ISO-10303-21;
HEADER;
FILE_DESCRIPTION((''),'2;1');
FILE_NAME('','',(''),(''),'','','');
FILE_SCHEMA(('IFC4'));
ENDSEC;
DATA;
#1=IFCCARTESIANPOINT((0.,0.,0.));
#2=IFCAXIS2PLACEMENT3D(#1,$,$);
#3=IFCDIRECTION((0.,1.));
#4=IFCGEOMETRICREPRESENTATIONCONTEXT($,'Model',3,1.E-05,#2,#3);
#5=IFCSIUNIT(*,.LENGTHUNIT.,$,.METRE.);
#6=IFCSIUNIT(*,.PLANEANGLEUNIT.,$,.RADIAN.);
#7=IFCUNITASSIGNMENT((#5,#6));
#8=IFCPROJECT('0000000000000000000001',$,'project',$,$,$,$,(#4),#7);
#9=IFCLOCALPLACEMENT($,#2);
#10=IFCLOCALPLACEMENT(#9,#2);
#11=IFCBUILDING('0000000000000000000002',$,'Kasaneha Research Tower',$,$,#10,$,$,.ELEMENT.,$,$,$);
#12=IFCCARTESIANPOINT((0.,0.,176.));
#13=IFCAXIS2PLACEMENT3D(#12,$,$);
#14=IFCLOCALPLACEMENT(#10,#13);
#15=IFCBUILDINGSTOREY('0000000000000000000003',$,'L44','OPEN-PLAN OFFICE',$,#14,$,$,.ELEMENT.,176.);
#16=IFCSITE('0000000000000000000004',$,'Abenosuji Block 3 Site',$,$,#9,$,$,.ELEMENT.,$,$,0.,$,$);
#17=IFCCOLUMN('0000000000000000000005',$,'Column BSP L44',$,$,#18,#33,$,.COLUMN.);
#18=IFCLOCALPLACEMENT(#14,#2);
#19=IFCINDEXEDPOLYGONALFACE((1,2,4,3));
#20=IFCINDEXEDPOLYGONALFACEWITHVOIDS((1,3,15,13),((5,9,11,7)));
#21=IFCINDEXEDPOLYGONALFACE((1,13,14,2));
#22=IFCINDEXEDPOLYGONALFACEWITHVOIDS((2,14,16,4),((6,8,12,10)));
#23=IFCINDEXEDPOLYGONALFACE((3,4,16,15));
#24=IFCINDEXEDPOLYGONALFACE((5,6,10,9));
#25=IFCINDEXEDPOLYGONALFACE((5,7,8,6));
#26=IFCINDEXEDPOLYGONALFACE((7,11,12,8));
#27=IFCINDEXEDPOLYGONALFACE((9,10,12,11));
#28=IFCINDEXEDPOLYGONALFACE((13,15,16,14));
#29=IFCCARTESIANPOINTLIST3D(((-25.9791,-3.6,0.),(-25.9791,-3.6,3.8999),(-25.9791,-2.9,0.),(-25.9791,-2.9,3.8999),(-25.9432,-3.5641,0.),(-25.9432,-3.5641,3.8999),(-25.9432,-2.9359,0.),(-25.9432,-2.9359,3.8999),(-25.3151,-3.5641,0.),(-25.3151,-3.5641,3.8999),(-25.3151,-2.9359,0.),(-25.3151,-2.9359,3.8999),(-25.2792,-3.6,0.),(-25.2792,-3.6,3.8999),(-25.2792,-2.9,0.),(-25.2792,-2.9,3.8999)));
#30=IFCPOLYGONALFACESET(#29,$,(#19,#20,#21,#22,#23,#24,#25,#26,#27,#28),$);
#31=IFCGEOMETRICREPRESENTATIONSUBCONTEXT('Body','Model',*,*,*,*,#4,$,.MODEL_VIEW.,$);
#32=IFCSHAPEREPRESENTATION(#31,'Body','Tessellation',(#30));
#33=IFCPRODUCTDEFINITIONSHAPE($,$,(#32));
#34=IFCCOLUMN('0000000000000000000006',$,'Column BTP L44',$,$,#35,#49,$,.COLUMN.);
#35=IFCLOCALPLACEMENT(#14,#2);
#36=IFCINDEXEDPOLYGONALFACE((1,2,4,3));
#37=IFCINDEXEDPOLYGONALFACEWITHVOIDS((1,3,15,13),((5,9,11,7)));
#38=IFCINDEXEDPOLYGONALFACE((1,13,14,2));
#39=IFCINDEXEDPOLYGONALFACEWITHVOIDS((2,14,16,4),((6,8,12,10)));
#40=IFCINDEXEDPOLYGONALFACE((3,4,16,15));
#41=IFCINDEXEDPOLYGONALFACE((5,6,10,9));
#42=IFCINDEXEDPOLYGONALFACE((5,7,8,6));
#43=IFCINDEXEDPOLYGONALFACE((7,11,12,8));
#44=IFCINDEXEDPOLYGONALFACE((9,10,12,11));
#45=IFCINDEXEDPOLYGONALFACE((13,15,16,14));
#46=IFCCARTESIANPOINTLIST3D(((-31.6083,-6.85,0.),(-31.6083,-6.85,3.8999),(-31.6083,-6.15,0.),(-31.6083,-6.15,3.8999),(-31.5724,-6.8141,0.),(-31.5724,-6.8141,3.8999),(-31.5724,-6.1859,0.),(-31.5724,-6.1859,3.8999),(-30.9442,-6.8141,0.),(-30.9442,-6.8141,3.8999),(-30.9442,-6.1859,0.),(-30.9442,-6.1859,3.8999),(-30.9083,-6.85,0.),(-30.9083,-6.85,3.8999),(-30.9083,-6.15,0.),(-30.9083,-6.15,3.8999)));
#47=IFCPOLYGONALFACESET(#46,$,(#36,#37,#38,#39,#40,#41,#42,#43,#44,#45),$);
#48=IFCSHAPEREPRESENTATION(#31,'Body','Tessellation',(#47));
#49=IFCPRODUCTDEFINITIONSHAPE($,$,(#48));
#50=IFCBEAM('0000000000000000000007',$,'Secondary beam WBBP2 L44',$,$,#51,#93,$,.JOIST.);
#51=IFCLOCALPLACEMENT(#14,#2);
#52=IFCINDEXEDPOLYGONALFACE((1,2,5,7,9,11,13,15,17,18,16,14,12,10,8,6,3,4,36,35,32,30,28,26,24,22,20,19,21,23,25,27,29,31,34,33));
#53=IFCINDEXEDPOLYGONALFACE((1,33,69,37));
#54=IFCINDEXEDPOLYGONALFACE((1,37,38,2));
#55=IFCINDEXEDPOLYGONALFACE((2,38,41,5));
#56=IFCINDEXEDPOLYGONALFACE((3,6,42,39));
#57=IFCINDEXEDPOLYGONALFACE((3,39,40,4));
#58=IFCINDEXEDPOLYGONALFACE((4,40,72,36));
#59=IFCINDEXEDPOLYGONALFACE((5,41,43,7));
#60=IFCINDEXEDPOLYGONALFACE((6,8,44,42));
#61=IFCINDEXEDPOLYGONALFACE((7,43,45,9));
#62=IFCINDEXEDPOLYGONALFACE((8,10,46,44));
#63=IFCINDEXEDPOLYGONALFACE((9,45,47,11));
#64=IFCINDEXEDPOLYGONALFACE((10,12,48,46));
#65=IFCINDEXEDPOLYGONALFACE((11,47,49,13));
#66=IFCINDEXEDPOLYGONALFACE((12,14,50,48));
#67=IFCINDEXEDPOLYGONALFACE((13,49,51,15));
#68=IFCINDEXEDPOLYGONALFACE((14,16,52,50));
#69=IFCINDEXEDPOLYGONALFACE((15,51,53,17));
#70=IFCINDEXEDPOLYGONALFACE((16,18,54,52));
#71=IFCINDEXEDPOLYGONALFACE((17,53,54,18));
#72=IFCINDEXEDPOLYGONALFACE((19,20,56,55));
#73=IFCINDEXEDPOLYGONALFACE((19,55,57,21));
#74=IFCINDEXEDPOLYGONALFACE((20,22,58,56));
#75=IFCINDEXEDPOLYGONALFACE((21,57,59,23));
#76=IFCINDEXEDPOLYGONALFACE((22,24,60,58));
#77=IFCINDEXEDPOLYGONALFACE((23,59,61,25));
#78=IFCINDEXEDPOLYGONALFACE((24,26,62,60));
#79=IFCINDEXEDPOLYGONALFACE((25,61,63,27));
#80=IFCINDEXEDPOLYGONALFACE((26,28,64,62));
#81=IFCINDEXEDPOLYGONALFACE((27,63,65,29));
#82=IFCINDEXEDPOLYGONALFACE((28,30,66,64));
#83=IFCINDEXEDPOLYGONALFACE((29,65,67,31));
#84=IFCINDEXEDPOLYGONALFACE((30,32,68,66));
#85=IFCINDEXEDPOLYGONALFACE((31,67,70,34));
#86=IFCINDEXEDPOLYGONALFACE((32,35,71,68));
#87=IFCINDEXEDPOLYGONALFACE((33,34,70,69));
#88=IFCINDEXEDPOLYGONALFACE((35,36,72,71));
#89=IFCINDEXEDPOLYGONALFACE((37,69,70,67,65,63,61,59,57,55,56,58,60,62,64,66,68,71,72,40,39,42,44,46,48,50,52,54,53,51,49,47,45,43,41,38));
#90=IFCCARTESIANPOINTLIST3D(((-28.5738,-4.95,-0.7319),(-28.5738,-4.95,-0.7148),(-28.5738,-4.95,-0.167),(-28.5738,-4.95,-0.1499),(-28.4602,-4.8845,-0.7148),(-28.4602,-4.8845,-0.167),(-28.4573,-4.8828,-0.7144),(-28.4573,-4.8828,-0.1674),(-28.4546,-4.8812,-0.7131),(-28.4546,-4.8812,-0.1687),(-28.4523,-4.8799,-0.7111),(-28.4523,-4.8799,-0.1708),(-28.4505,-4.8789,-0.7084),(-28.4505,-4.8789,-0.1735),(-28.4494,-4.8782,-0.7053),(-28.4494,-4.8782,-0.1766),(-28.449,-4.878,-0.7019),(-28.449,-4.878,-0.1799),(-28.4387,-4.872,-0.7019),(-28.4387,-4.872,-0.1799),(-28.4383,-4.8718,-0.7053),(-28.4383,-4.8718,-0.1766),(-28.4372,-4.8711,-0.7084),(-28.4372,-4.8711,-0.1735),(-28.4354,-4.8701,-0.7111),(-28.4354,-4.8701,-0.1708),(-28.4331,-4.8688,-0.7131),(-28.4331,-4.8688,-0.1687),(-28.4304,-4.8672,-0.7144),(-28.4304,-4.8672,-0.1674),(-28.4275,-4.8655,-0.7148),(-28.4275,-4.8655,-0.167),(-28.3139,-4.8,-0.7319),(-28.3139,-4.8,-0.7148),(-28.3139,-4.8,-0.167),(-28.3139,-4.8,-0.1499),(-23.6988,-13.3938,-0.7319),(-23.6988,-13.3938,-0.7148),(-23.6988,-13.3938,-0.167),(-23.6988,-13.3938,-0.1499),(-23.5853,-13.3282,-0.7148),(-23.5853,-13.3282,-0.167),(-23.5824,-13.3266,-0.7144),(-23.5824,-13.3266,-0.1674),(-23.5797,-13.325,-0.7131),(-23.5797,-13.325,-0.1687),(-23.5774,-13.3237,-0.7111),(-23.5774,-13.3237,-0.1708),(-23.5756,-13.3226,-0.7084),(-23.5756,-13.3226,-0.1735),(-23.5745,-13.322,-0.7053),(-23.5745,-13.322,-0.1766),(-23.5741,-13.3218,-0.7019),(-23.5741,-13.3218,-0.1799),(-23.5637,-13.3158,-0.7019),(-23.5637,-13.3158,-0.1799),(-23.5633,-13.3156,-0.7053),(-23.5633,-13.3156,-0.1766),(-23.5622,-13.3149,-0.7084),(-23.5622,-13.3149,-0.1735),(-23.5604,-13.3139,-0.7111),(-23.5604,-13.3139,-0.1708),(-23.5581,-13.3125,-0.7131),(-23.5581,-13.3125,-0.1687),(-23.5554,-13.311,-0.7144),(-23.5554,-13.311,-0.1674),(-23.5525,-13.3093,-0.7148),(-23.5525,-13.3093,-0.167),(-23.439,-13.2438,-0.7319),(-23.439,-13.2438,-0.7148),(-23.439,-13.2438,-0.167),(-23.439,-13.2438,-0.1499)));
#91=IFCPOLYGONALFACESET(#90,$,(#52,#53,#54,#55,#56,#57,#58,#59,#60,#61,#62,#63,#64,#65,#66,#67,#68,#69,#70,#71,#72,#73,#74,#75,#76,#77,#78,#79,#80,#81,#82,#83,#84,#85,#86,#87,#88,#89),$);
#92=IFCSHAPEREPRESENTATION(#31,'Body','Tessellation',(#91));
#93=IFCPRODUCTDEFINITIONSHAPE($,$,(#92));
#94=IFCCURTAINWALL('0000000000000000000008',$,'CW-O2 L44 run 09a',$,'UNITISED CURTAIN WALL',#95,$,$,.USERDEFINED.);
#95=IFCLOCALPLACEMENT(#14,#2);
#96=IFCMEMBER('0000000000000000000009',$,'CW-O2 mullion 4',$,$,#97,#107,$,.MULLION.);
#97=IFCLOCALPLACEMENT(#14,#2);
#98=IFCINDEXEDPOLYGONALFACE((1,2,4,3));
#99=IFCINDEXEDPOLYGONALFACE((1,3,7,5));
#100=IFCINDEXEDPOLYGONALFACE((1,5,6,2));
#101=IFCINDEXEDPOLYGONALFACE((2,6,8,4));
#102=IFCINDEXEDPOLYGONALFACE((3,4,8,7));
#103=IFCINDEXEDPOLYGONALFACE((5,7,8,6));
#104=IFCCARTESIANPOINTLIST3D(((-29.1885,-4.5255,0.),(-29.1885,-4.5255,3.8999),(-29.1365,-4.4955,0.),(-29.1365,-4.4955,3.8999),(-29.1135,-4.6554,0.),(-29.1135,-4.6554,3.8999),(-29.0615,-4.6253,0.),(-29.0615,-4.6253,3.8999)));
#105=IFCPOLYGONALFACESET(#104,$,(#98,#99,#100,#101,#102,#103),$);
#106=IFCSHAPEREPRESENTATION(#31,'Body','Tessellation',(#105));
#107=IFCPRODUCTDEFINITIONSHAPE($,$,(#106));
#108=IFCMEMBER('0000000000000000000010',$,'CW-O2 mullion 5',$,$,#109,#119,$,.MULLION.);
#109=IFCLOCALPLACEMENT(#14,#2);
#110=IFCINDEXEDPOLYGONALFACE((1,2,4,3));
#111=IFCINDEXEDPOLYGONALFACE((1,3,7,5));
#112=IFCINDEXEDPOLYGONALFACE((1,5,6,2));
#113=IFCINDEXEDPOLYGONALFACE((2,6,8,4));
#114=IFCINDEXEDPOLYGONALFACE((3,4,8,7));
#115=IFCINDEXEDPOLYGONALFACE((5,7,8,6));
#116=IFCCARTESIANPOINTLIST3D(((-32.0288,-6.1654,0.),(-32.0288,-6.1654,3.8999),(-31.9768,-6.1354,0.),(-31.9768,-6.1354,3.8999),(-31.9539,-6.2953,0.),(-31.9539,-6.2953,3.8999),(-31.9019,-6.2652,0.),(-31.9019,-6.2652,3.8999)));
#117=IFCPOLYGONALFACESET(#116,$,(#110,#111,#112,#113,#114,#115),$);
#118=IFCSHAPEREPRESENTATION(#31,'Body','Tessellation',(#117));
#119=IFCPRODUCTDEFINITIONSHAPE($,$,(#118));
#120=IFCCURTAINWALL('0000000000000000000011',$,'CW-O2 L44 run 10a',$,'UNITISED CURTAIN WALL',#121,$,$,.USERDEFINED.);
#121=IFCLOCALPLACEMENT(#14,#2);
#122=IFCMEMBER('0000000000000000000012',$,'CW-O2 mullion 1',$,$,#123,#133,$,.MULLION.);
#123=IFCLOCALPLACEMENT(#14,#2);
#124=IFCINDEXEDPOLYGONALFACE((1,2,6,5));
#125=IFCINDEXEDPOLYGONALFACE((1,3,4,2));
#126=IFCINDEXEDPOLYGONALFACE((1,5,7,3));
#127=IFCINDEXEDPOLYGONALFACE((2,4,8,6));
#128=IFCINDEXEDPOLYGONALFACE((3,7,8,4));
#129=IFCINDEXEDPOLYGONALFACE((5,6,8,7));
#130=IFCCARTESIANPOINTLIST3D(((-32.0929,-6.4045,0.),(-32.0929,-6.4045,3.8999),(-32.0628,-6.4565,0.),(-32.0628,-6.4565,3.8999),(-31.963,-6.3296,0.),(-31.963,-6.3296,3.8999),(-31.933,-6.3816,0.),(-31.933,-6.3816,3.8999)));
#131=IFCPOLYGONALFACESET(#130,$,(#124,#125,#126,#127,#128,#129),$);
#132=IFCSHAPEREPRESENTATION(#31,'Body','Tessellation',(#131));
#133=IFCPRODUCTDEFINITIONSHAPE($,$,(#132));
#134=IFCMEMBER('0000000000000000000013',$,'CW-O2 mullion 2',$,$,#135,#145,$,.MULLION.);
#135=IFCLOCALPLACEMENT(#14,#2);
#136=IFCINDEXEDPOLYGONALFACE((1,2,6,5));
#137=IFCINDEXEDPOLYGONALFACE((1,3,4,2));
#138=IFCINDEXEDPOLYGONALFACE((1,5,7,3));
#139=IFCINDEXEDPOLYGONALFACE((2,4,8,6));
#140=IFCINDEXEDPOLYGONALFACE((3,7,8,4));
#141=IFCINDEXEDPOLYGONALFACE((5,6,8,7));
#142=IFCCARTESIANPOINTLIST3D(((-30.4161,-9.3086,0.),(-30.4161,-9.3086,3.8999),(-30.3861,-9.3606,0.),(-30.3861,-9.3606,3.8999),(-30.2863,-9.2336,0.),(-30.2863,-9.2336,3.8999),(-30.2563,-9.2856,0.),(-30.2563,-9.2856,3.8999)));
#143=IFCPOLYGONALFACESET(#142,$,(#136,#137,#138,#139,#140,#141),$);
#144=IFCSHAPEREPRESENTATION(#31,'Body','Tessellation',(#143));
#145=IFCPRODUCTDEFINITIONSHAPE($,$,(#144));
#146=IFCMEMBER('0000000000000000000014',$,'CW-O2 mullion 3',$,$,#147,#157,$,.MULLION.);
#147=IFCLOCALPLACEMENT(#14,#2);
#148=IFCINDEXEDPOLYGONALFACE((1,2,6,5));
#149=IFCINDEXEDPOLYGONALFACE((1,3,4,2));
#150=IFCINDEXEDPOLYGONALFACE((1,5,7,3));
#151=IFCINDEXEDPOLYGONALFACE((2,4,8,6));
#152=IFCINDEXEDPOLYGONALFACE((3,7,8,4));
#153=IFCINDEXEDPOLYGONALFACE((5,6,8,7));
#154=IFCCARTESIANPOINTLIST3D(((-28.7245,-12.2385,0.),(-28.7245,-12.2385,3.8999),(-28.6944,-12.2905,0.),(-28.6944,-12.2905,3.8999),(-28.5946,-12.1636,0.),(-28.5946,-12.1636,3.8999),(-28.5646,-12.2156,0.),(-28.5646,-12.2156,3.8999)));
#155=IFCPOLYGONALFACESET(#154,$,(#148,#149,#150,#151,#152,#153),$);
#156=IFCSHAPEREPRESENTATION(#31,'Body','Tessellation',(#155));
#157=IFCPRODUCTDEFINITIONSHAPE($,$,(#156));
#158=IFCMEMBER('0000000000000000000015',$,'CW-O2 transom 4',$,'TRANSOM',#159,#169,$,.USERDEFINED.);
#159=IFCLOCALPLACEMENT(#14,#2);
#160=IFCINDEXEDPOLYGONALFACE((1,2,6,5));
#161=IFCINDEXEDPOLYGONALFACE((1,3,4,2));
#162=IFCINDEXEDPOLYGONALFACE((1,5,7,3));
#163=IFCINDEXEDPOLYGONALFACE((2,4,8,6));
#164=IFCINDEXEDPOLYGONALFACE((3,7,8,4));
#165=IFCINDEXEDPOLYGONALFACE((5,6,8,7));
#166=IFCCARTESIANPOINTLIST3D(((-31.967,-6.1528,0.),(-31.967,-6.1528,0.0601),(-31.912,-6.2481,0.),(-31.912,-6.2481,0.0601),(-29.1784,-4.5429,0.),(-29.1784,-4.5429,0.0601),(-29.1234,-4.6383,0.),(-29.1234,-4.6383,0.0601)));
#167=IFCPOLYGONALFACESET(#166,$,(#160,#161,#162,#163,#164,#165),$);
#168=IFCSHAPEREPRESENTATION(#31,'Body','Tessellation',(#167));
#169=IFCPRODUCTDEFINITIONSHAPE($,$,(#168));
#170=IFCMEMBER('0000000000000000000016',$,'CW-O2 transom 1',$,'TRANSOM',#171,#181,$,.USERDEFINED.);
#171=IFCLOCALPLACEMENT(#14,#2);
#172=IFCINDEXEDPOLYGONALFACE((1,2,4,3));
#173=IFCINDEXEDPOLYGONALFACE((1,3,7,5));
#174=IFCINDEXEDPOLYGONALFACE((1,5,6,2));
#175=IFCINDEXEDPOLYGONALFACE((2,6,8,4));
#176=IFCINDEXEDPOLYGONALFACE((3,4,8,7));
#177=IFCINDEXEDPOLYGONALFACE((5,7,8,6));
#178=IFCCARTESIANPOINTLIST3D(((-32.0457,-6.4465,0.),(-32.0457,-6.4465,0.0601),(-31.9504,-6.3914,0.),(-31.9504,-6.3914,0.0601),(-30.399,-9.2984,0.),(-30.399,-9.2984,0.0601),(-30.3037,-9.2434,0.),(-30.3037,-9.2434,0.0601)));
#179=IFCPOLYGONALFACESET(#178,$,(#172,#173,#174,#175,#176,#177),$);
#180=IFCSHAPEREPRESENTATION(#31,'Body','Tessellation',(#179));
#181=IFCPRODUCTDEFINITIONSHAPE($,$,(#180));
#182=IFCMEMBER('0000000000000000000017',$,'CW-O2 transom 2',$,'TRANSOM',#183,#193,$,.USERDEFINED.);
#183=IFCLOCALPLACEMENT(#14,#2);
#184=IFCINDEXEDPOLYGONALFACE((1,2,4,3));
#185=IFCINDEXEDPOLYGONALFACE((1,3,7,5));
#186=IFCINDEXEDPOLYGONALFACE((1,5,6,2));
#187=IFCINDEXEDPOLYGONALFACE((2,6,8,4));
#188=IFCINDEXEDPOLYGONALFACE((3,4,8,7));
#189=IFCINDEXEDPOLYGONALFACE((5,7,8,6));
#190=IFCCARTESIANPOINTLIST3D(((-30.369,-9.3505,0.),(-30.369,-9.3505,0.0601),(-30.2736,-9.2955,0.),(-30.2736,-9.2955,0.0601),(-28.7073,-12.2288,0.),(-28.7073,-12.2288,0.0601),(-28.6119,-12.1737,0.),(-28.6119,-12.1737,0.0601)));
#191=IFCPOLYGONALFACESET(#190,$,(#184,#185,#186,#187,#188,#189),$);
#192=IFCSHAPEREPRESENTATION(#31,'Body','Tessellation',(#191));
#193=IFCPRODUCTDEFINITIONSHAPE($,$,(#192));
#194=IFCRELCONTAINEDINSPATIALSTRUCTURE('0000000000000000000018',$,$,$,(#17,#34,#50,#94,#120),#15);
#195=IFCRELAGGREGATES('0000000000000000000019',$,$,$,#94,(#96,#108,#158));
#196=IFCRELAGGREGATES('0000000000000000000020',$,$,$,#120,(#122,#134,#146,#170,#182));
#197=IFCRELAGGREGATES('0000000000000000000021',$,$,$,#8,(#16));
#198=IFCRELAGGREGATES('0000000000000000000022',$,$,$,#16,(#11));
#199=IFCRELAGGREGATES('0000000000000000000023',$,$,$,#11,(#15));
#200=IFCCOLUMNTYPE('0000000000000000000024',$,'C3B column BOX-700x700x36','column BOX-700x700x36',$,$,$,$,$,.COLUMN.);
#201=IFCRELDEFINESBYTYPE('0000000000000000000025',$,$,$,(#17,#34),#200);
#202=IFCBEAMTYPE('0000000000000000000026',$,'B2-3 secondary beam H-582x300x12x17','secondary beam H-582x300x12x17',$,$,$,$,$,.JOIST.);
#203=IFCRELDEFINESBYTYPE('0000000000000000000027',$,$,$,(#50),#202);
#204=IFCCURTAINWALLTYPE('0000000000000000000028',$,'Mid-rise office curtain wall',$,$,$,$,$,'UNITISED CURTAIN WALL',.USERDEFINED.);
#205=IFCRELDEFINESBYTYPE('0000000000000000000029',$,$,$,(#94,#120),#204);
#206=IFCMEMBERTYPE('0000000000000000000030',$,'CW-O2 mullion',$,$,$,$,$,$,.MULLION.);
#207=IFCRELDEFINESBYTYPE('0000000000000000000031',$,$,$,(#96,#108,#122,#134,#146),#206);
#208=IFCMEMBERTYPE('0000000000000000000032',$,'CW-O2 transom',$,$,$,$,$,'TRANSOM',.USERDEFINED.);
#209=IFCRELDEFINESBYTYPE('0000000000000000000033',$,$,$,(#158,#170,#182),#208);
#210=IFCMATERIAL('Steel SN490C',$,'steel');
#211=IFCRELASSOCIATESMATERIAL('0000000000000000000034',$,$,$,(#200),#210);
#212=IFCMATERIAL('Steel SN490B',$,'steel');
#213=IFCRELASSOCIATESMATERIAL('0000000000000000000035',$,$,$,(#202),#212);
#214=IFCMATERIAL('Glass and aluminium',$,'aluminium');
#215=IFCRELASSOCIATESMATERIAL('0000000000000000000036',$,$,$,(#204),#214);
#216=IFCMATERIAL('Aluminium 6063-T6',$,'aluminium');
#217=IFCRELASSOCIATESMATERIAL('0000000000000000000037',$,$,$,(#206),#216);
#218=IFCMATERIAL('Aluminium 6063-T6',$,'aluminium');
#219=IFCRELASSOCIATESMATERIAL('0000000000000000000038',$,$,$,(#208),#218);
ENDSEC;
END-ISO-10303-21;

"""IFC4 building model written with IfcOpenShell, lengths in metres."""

from ifc_helpers import new_model, si_unit, direction, frame, origin, origin_2d, place, context, subcontext, project, spatial, rectangle, hollow_rectangle, i_section, extrude, material, material_profile, profile_set, type_object, element, aggregate, save


model = new_model("IFC4")

# Units and contexts
model_context = context("Model", 3, precision=1e-05, world=origin(), true_north=direction((0.0, 1.0)))
body_context = subcontext(model_context, "Body", "Model", "MODEL_VIEW")
ifc_project = project(units=[si_unit("LENGTHUNIT", "METRE"), si_unit("PLANEANGLEUNIT", "RADIAN")], contexts=[model_context])

# Site, building, storey
site_placement = place(None, origin())
site = spatial("IfcSite", under=ifc_project, at=site_placement, Name="Abenosuji Block 3 Site", CompositionType="ELEMENT", RefElevation=0.0)
building_placement = place(site_placement, origin())
building = spatial("IfcBuilding", under=site, at=building_placement, Name="Kasaneha Research Tower", CompositionType="ELEMENT")
storey_placement = place(building_placement, frame((0.0, 0.0, 176.0)))
storey = spatial("IfcBuildingStorey", under=building, at=storey_placement, Name="L44", Description="OPEN-PLAN OFFICE", CompositionType="ELEMENT", Elevation=176.0)

# Columns
ifc_material_1 = material(Name="Steel SN490C", Category="steel")
ifc_material_profile_1 = material_profile(ifc_material_1, hollow_rectangle(XDim=0.7, YDim=0.7, WallThickness=0.0359, at=origin_2d()), Name="BOX-700x700x36")
ifc_profile_set_1 = profile_set([ifc_material_profile_1], Name="Steel SN490C")
column_type = type_object("IfcColumnType", Name="C3B column BOX-700x700x36", Description="column BOX-700x700x36", PredefinedType="COLUMN", material=ifc_profile_set_1)
for number, where, z_axis, x_axis, name in (
    (1, (-25.6292, -3.25, 0.0), (0.0, 0.0, 1.0), (1.0, 0.0, 0.0), "Column BSP L44"),
    (2, (-31.2583, -6.5, 0.0), (0.0, 0.0, 1.0), (1.0, 0.0, 0.0), "Column BTP L44"),
):
    element("IfcColumn", number, at=place(storey_placement, frame(where, z_axis=z_axis, x_axis=x_axis)), inside=storey, type_object=column_type, Name=name, PredefinedType="COLUMN", context=body_context, shape_type="SweptSolid", body=[
        extrude(hollow_rectangle(XDim=0.7, YDim=0.7, WallThickness=0.0359, at=origin_2d()), origin(), (0.0, 0.0, 1.0), 3.8999),
    ])

# Beam
ifc_material_2 = material(Name="Steel SN490B", Category="steel")
ifc_material_profile_2 = material_profile(ifc_material_2, i_section(OverallWidth=0.3, OverallDepth=0.582, WebThickness=0.012, FlangeThickness=0.0171, FilletRadius=0.0129, at=origin_2d()), Name="H-582x300x12x17")
ifc_profile_set_2 = profile_set([ifc_material_profile_2], Name="Steel SN490B")
beam_type_1 = type_object("IfcBeamType", Name="B2-3 secondary beam H-582x300x12x17", Description="secondary beam H-582x300x12x17", PredefinedType="JOIST", material=ifc_profile_set_2)
beam_1_placement = place(storey_placement, frame((-28.4438, -4.875, -0.4409), z_axis=(0.499996, -0.866028, 0.0), x_axis=(0.866028, 0.499996, 0.0)))
element("IfcBeam", 3, at=beam_1_placement, inside=storey, type_object=beam_type_1, Name="Secondary beam WBBP2 L44", PredefinedType="JOIST", context=body_context, shape_type="SweptSolid", body=[
    extrude(i_section(OverallWidth=0.3, OverallDepth=0.582, WebThickness=0.012, FlangeThickness=0.0171, FilletRadius=0.0129, at=origin_2d()), origin(), (0.0, 0.0, 1.0), 9.75),
])

# Curtain walls, members
ifc_material_3 = material(Name="Glass and aluminium", Category="aluminium")
curtain_wall_type = type_object("IfcCurtainWallType", Name="Mid-rise office curtain wall", ElementType="UNITISED CURTAIN WALL", PredefinedType="USERDEFINED", material=ifc_material_3)
curtain_wall_1_placement = place(storey_placement, origin())
curtain_wall_1 = element("IfcCurtainWall", 4, at=curtain_wall_1_placement, inside=storey, type_object=curtain_wall_type, Name="CW-O2 L44 run 09a", ObjectType="UNITISED CURTAIN WALL", PredefinedType="USERDEFINED")
ifc_material_4 = material(Name="Aluminium 6063-T6", Category="aluminium")
ifc_material_profile_3 = material_profile(ifc_material_4, rectangle(XDim=0.0601, YDim=0.1499, at=origin_2d()), Name="CW-O2 mullion 60x150")
ifc_profile_set_3 = profile_set([ifc_material_profile_3], Name="Aluminium 6063-T6")
member_type_1 = type_object("IfcMemberType", Name="CW-O2 mullion", PredefinedType="MULLION", material=ifc_profile_set_3)
member_1_placement = place(storey_placement, frame((-29.125, -4.5754, 0.0), z_axis=(0.0, 0.0, 1.0), x_axis=(-0.866025, -0.5, 0.0)))
member_1 = element("IfcMember", 5, at=member_1_placement, type_object=member_type_1, Name="CW-O2 mullion 4", PredefinedType="MULLION", context=body_context, shape_type="SweptSolid", body=[
    extrude(rectangle(XDim=0.0601, YDim=0.1499, at=origin_2d()), origin(), (0.0, 0.0, 1.0), 3.8999),
])
member_2_placement = place(storey_placement, frame((-31.9653, -6.2153, 0.0), z_axis=(0.0, 0.0, 1.0), x_axis=(-0.866025, -0.5, 0.0)))
member_2 = element("IfcMember", 6, at=member_2_placement, type_object=member_type_1, Name="CW-O2 mullion 5", PredefinedType="MULLION", context=body_context, shape_type="SweptSolid", body=[
    extrude(rectangle(XDim=0.0601, YDim=0.1499, at=origin_2d()), origin(), (0.0, 0.0, 1.0), 3.8999),
])
curtain_wall_2_placement = place(storey_placement, origin())
curtain_wall_2 = element("IfcCurtainWall", 7, at=curtain_wall_2_placement, inside=storey, type_object=curtain_wall_type, Name="CW-O2 L44 run 10a", ObjectType="UNITISED CURTAIN WALL", PredefinedType="USERDEFINED")
member_3_placement = place(storey_placement, frame((-32.0129, -6.3931, 0.0), z_axis=(0.0, 0.0, 1.0), x_axis=(0.5, -0.866025, 0.0)))
member_3 = element("IfcMember", 8, at=member_3_placement, type_object=member_type_1, Name="CW-O2 mullion 1", PredefinedType="MULLION", context=body_context, shape_type="SweptSolid", body=[
    extrude(rectangle(XDim=0.0601, YDim=0.1499, at=origin_2d()), origin(), (0.0, 0.0, 1.0), 3.8999),
])
member_4_placement = place(storey_placement, frame((-30.3362, -9.2971, 0.0), z_axis=(0.0, 0.0, 1.0), x_axis=(0.5, -0.866025, 0.0)))
member_4 = element("IfcMember", 9, at=member_4_placement, type_object=member_type_1, Name="CW-O2 mullion 2", PredefinedType="MULLION", context=body_context, shape_type="SweptSolid", body=[
    extrude(rectangle(XDim=0.0601, YDim=0.1499, at=origin_2d()), origin(), (0.0, 0.0, 1.0), 3.8999),
])
member_5_placement = place(storey_placement, frame((-28.6445, -12.2271, 0.0), z_axis=(0.0, 0.0, 1.0), x_axis=(0.5, -0.866025, 0.0)))
member_5 = element("IfcMember", 10, at=member_5_placement, type_object=member_type_1, Name="CW-O2 mullion 3", PredefinedType="MULLION", context=body_context, shape_type="SweptSolid", body=[
    extrude(rectangle(XDim=0.0601, YDim=0.1499, at=origin_2d()), origin(), (0.0, 0.0, 1.0), 3.8999),
])

# Members
ifc_material_5 = material(Name="Aluminium 6063-T6", Category="aluminium")
ifc_material_profile_4 = material_profile(ifc_material_5, rectangle(XDim=0.1101, YDim=0.0601, at=origin_2d()), Name="CW-O2 transom 110x60")
ifc_profile_set_4 = profile_set([ifc_material_profile_4], Name="Aluminium 6063-T6")
member_type_2 = type_object("IfcMemberType", Name="CW-O2 transom", ElementType="TRANSOM", PredefinedType="USERDEFINED", material=ifc_profile_set_4)
member_6_placement = place(storey_placement, frame((-29.1509, -4.5906, 0.03), z_axis=(-0.866042, -0.499972, 0.0), x_axis=(0.499972, -0.866042, 0.0)))
member_6 = element("IfcMember", 11, at=member_6_placement, type_object=member_type_2, Name="CW-O2 transom 4", ObjectType="TRANSOM", PredefinedType="USERDEFINED", context=body_context, shape_type="SweptSolid", body=[
    extrude(rectangle(XDim=0.1101, YDim=0.0601, at=origin_2d()), origin(), (0.0, 0.0, 1.0), 3.22),
])
member_7_placement = place(storey_placement, frame((-31.998, -6.4189, 0.03), z_axis=(0.500022, -0.866013, 0.0), x_axis=(0.866013, 0.500022, 0.0)))
member_7 = element("IfcMember", 12, at=member_7_placement, type_object=member_type_2, Name="CW-O2 transom 1", ObjectType="TRANSOM", PredefinedType="USERDEFINED", context=body_context, shape_type="SweptSolid", body=[
    extrude(rectangle(XDim=0.1101, YDim=0.0601, at=origin_2d()), origin(), (0.0, 0.0, 1.0), 3.2932),
])
member_8_placement = place(storey_placement, frame((-30.3213, -9.323, 0.03), z_axis=(0.499979, -0.866038, 0.0), x_axis=(0.866038, 0.499979, 0.0)))
member_8 = element("IfcMember", 13, at=member_8_placement, type_object=member_type_2, Name="CW-O2 transom 2", ObjectType="TRANSOM", PredefinedType="USERDEFINED", context=body_context, shape_type="SweptSolid", body=[
    extrude(rectangle(XDim=0.1101, YDim=0.0601, at=origin_2d()), origin(), (0.0, 0.0, 1.0), 3.3235),
])

aggregate(curtain_wall_1, [member_1, member_2, member_6])
aggregate(curtain_wall_2, [member_3, member_4, member_5, member_7, member_8])

save(model, "model.ifc")
